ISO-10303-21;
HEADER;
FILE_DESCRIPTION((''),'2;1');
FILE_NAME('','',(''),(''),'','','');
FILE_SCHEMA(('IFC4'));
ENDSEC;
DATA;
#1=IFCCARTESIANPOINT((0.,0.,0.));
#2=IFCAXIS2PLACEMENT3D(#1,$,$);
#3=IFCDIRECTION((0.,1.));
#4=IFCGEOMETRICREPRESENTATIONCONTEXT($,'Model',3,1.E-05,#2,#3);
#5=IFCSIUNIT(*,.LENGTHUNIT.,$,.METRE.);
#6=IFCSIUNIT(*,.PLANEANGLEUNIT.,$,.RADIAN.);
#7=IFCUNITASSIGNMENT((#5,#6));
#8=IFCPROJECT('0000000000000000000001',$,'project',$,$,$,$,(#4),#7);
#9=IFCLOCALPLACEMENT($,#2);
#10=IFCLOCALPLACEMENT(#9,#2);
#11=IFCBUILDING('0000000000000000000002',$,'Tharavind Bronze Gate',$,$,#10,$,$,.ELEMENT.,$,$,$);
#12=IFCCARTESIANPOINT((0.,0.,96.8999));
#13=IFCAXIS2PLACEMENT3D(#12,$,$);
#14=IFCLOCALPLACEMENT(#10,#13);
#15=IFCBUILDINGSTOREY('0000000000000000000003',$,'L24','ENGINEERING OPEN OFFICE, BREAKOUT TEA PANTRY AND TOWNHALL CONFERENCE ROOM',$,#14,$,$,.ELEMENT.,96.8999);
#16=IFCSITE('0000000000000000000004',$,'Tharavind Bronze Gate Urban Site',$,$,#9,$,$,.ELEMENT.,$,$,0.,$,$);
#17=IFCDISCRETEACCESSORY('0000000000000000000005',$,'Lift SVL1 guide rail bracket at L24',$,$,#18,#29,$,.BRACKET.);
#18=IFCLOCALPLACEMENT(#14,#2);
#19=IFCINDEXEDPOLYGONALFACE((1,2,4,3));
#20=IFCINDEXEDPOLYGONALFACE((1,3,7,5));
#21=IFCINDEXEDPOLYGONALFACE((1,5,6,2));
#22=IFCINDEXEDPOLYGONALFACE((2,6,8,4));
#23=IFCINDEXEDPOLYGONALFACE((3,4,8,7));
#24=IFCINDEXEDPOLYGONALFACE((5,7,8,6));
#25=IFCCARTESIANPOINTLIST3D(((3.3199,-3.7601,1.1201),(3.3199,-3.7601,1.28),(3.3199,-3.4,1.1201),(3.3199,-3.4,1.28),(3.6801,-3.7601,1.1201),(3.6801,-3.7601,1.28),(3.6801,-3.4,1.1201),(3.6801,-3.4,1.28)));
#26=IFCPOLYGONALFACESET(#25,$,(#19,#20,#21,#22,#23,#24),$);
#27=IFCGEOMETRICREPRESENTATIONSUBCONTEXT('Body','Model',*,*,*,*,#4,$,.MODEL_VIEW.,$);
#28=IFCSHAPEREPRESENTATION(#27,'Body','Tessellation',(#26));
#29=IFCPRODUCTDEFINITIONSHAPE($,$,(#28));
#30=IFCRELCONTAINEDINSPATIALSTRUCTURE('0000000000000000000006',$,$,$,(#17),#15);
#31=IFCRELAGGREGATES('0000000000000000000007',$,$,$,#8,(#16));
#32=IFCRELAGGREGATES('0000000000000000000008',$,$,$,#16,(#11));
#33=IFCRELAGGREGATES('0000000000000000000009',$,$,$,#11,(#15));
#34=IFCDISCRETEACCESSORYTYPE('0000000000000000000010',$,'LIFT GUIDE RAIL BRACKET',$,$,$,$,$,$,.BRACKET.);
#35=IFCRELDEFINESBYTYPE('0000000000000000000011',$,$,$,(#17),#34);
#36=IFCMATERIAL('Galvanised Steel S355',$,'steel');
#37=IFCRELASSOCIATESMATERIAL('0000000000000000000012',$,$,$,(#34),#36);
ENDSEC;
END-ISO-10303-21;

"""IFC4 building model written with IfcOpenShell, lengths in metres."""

from ifc_helpers import new_model, si_unit, direction, frame, origin, origin_2d, place, context, subcontext, project, spatial, rectangle, extrude, material, type_object, element, save


model = new_model("IFC4")

# Units and contexts
model_context = context("Model", 3, precision=1e-05, world=origin(), true_north=direction((0.0, 1.0)))
body_context = subcontext(model_context, "Body", "Model", "MODEL_VIEW")
ifc_project = project(units=[si_unit("LENGTHUNIT", "METRE"), si_unit("PLANEANGLEUNIT", "RADIAN")], contexts=[model_context])

# Site, building, storey
site_placement = place(None, origin())
site = spatial("IfcSite", under=ifc_project, at=site_placement, Name="Tharavind Bronze Gate Urban Site", CompositionType="ELEMENT", RefElevation=0.0)
building_placement = place(site_placement, origin())
building = spatial("IfcBuilding", under=site, at=building_placement, Name="Tharavind Bronze Gate", CompositionType="ELEMENT")
storey_placement = place(building_placement, frame((0.0, 0.0, 96.8999)))
storey = spatial("IfcBuildingStorey", under=building, at=storey_placement, Name="L24", Description="ENGINEERING OPEN OFFICE, BREAKOUT TEA PANTRY AND TOWNHALL CONFERENCE ROOM", CompositionType="ELEMENT", Elevation=96.8999)

# Discrete accessory
ifc_material_1 = material(Name="Galvanised Steel S355", Category="steel")
discrete_accessory_type = type_object("IfcDiscreteAccessoryType", Name="LIFT GUIDE RAIL BRACKET", PredefinedType="BRACKET", material=ifc_material_1)
discrete_accessory_placement = place(storey_placement, frame((3.5, -3.5801, 1.1201), z_axis=(0.0, 0.0, 1.0), x_axis=(1.0, 0.0, 0.0)))
element("IfcDiscreteAccessory", 1, at=discrete_accessory_placement, inside=storey, type_object=discrete_accessory_type, Name="Lift SVL1 guide rail bracket at L24", PredefinedType="BRACKET", context=body_context, shape_type="SweptSolid", body=[
    extrude(rectangle(XDim=0.3601, YDim=0.3601, at=origin_2d()), origin(), (0.0, 0.0, 1.0), 0.1599),
])

save(model, "model.ifc")
